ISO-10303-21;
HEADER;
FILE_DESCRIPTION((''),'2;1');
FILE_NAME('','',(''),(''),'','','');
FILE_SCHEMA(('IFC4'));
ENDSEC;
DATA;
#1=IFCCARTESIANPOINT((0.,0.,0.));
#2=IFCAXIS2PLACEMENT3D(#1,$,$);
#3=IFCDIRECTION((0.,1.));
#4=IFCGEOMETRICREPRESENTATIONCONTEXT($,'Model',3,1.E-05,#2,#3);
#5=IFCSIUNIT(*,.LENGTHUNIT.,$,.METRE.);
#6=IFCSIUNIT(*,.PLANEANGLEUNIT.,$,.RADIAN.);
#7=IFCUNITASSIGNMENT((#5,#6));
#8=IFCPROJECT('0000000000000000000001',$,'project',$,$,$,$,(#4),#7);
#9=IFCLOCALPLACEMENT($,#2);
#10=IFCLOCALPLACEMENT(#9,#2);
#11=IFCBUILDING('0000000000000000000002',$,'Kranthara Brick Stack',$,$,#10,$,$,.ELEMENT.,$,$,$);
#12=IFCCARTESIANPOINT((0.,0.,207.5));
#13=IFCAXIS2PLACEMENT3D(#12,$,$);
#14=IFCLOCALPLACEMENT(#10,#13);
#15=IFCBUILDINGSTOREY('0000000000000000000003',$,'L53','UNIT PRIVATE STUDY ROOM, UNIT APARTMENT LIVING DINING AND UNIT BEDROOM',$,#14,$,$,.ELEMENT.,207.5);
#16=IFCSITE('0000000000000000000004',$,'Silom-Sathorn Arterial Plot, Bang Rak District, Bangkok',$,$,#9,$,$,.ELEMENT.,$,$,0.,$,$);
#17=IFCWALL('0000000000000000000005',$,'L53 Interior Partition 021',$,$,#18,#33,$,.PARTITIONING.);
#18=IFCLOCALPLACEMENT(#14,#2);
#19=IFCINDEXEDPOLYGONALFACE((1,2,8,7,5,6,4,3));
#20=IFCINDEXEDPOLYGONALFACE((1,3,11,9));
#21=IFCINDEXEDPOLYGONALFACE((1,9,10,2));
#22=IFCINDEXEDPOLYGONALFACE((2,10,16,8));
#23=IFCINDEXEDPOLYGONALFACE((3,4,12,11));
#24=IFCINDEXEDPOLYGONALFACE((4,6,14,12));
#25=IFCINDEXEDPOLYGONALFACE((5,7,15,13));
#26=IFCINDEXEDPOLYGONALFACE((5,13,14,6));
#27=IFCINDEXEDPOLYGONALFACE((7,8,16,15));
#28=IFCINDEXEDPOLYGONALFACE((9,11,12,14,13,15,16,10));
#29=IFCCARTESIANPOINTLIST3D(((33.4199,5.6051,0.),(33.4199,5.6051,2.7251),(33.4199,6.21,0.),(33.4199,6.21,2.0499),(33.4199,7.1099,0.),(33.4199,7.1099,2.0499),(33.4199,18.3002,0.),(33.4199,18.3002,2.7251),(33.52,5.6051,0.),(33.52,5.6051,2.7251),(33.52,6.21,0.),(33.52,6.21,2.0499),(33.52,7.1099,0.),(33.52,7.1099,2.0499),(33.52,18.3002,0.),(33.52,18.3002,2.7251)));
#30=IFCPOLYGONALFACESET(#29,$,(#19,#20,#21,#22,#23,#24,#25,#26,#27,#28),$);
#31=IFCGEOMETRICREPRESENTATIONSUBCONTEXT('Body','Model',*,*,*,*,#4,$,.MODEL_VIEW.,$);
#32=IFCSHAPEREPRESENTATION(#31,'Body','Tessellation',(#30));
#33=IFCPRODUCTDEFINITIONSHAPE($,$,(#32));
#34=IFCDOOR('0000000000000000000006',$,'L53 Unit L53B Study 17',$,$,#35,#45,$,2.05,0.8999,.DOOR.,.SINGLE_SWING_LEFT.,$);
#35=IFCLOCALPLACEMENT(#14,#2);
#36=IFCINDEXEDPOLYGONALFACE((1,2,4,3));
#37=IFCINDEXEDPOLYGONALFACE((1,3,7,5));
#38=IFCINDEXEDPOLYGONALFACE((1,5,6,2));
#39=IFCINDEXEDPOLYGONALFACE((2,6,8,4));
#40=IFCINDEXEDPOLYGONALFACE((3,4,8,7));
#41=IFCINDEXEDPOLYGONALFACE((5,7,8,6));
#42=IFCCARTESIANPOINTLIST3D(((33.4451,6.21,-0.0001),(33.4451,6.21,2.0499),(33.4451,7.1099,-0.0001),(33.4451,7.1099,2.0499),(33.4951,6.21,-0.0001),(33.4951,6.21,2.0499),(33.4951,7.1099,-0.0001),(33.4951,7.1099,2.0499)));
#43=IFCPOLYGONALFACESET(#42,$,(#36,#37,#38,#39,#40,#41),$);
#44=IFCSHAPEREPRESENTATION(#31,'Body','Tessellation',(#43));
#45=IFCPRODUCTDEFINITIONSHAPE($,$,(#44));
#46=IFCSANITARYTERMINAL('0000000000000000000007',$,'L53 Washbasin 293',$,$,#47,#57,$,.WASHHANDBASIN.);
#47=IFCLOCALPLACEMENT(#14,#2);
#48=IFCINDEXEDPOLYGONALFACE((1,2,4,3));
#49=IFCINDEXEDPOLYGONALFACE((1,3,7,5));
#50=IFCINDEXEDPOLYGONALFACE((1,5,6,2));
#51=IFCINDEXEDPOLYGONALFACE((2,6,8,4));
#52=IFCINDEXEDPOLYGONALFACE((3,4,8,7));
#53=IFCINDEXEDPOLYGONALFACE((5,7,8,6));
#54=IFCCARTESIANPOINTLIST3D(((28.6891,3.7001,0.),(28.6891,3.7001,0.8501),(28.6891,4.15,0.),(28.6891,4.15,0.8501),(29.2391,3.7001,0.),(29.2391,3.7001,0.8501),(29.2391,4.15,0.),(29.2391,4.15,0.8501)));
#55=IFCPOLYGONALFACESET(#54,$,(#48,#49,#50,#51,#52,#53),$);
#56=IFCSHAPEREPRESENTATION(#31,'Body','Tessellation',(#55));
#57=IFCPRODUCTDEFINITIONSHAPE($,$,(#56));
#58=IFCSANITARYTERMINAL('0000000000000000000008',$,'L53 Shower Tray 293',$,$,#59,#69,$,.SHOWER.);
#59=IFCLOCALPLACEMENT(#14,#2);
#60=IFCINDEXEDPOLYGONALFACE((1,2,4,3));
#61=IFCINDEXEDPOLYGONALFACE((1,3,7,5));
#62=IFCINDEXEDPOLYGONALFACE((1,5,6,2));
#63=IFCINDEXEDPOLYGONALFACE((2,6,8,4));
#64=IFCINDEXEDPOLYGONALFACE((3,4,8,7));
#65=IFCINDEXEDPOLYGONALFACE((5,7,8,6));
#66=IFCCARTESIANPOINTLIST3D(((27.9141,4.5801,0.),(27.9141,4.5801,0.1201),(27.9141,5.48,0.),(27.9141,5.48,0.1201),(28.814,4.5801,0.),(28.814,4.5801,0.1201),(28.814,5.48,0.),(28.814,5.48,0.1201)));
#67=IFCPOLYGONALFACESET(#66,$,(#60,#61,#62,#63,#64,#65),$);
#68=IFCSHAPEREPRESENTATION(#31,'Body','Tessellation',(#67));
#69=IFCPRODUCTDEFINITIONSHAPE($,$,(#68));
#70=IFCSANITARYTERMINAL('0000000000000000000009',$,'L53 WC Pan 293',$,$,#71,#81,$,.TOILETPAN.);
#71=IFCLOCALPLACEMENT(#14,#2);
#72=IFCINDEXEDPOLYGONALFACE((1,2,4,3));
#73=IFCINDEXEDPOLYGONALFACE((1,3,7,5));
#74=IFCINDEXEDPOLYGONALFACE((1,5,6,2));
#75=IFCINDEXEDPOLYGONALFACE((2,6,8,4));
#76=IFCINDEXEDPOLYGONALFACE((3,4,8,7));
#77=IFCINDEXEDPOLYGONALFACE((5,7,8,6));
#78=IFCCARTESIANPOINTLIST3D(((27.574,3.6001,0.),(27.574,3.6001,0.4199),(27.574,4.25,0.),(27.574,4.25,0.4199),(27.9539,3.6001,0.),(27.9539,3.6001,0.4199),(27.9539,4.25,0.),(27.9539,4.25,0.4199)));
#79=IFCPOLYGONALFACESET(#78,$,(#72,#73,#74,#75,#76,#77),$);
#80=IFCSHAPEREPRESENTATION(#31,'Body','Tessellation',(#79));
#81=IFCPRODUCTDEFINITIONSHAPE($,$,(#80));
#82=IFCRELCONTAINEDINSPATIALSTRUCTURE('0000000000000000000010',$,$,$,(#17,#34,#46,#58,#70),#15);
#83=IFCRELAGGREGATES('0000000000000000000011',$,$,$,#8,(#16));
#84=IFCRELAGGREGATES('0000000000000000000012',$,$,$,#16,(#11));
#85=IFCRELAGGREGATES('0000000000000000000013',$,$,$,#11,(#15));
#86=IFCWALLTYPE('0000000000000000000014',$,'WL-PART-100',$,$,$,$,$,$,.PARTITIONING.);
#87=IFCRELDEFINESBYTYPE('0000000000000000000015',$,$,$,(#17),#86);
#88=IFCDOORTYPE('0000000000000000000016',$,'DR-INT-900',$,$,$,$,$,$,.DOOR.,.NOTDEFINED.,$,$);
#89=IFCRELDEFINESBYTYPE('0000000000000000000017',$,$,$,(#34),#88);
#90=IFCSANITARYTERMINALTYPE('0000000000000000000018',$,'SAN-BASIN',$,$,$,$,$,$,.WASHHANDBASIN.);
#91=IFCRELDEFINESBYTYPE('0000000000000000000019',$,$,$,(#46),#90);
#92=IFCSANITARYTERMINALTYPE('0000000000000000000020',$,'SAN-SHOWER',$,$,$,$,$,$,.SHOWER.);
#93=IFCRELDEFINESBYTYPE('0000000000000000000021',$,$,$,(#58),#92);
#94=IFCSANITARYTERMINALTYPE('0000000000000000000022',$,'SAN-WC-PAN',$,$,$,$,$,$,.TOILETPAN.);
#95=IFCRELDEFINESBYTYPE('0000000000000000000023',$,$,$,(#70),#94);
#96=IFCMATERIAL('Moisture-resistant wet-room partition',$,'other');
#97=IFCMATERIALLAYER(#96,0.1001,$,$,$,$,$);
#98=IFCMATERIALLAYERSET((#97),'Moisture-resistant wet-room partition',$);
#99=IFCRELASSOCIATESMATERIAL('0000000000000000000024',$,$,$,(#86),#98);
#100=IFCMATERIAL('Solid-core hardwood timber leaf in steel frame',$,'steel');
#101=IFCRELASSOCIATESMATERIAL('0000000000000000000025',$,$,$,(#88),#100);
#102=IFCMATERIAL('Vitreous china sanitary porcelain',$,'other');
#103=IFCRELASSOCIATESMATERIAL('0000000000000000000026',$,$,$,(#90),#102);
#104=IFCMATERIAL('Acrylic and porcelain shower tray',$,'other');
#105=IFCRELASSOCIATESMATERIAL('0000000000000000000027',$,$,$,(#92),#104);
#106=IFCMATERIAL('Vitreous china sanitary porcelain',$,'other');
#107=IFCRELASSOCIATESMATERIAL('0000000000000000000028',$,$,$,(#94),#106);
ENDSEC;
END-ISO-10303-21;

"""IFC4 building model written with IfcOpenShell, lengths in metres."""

from ifc_helpers import new_model, si_unit, direction, frame, frame_2d, origin, origin_2d, place, context, subcontext, project, spatial, rectangle, extrude, material, layer, layer_set, type_object, element, fill, save


model = new_model("IFC4")

# Units and contexts
model_context = context("Model", 3, precision=1e-05, world=origin(), true_north=direction((0.0, 1.0)))
body_context = subcontext(model_context, "Body", "Model", "MODEL_VIEW")
ifc_project = project(units=[si_unit("LENGTHUNIT", "METRE"), si_unit("PLANEANGLEUNIT", "RADIAN")], contexts=[model_context])

# Site, building, storey
site_placement = place(None, origin())
site = spatial("IfcSite", under=ifc_project, at=site_placement, Name="Silom-Sathorn Arterial Plot, Bang Rak District, Bangkok", CompositionType="ELEMENT", RefElevation=0.0)
building_placement = place(site_placement, origin())
building = spatial("IfcBuilding", under=site, at=building_placement, Name="Kranthara Brick Stack", CompositionType="ELEMENT")
storey_placement = place(building_placement, frame((0.0, 0.0, 207.5)))
storey = spatial("IfcBuildingStorey", under=building, at=storey_placement, Name="L53", Description="UNIT PRIVATE STUDY ROOM, UNIT APARTMENT LIVING DINING AND UNIT BEDROOM", CompositionType="ELEMENT", Elevation=207.5)

# Shared definitions
ifc_material_1 = material(Name="Moisture-resistant wet-room partition", Category="other")
ifc_layer_1 = layer(ifc_material_1, 0.1001)
ifc_layer_set_1 = layer_set([ifc_layer_1], Name="Moisture-resistant wet-room partition")
wall_type_1 = type_object("IfcWallType", Name="WL-PART-100", PredefinedType="PARTITIONING", material=ifc_layer_set_1)
ifc_material_2 = material(Name="Solid-core hardwood timber leaf in steel frame", Category="steel")
door_type_1 = type_object("IfcDoorType", Name="DR-INT-900", OperationType="NOTDEFINED", PredefinedType="DOOR", material=ifc_material_2)

# Wall, opening, door
wall_1_placement = place(storey_placement, frame((33.47, 5.605, 0.0), z_axis=(0.0, 0.0, 1.0), x_axis=(0.0, 1.0, 0.0)))
wall_1 = element("IfcWall", 1, at=wall_1_placement, inside=storey, type_object=wall_type_1, Name="L53 Interior Partition 021", PredefinedType="PARTITIONING", context=body_context, shape_type="SweptSolid", body=[
    extrude(rectangle(XDim=12.6951, YDim=0.1001, at=frame_2d((6.3477, 0.0))), origin(), (0.0, 0.0, 1.0), 2.7251),
])
opening_1_placement = place(wall_1_placement, frame((0.605, 0.0, 0.0)))
opening_1 = element("IfcOpeningElement", 2, at=opening_1_placement, cuts=wall_1, PredefinedType="OPENING", context=body_context, shape_type="SweptSolid", body=[
    extrude(rectangle(XDim=0.8999, YDim=2.05, at=frame_2d((0.45, 1.0249))), frame((0.0, 0.0601, 0.0), z_axis=(0.0, -1.0, 0.0), x_axis=(1.0, 0.0, 0.0)), (0.0, 0.0, 1.0), 0.1201),
])
door_1_placement = place(opening_1_placement, origin())
door_1 = element("IfcDoor", 3, at=door_1_placement, inside=storey, type_object=door_type_1, Name="L53 Unit L53B Study 17", OperationType="SINGLE_SWING_LEFT", OverallHeight=2.05, OverallWidth=0.8999, PredefinedType="DOOR", context=body_context, shape_type="SweptSolid", body=[
    extrude(rectangle(XDim=0.8999, YDim=2.05, at=frame_2d((0.45, 1.0249))), frame((0.0, 0.0249, 0.0), z_axis=(0.0, -1.0, 0.0), x_axis=(1.0, 0.0, 0.0)), (0.0, 0.0, 1.0), 0.05),
])
fill(opening_1, door_1)

# Sanitary terminals
ifc_material_3 = material(Name="Vitreous china sanitary porcelain", Category="other")
sanitary_terminal_type_1 = type_object("IfcSanitaryTerminalType", Name="SAN-BASIN", PredefinedType="WASHHANDBASIN", material=ifc_material_3)
sanitary_terminal_1_placement = place(storey_placement, frame((28.9641, 3.925, 0.0), z_axis=(0.0, 0.0, 1.0), x_axis=(1.0, 0.0, 0.0)))
element("IfcSanitaryTerminal", 4, at=sanitary_terminal_1_placement, inside=storey, type_object=sanitary_terminal_type_1, Name="L53 Washbasin 293", PredefinedType="WASHHANDBASIN", context=body_context, shape_type="SweptSolid", body=[
    extrude(rectangle(XDim=0.55, YDim=0.45, at=origin_2d()), origin(), (0.0, 0.0, 1.0), 0.8501),
])
ifc_material_4 = material(Name="Acrylic and porcelain shower tray", Category="other")
sanitary_terminal_type_2 = type_object("IfcSanitaryTerminalType", Name="SAN-SHOWER", PredefinedType="SHOWER", material=ifc_material_4)
sanitary_terminal_2_placement = place(storey_placement, frame((28.364, 5.03, 0.0), z_axis=(0.0, 0.0, 1.0), x_axis=(1.0, 0.0, 0.0)))
element("IfcSanitaryTerminal", 5, at=sanitary_terminal_2_placement, inside=storey, type_object=sanitary_terminal_type_2, Name="L53 Shower Tray 293", PredefinedType="SHOWER", context=body_context, shape_type="SweptSolid", body=[
    extrude(rectangle(XDim=0.8999, YDim=0.8999, at=origin_2d()), origin(), (0.0, 0.0, 1.0), 0.1201),
])
ifc_material_5 = material(Name="Vitreous china sanitary porcelain", Category="other")
sanitary_terminal_type_3 = type_object("IfcSanitaryTerminalType", Name="SAN-WC-PAN", PredefinedType="TOILETPAN", material=ifc_material_5)
sanitary_terminal_3_placement = place(storey_placement, frame((27.7639, 3.925, 0.0), z_axis=(0.0, 0.0, 1.0), x_axis=(1.0, 0.0, 0.0)))
element("IfcSanitaryTerminal", 6, at=sanitary_terminal_3_placement, inside=storey, type_object=sanitary_terminal_type_3, Name="L53 WC Pan 293", PredefinedType="TOILETPAN", context=body_context, shape_type="SweptSolid", body=[
    extrude(rectangle(XDim=0.3799, YDim=0.6499, at=origin_2d()), origin(), (0.0, 0.0, 1.0), 0.4199),
])

save(model, "model.ifc")
